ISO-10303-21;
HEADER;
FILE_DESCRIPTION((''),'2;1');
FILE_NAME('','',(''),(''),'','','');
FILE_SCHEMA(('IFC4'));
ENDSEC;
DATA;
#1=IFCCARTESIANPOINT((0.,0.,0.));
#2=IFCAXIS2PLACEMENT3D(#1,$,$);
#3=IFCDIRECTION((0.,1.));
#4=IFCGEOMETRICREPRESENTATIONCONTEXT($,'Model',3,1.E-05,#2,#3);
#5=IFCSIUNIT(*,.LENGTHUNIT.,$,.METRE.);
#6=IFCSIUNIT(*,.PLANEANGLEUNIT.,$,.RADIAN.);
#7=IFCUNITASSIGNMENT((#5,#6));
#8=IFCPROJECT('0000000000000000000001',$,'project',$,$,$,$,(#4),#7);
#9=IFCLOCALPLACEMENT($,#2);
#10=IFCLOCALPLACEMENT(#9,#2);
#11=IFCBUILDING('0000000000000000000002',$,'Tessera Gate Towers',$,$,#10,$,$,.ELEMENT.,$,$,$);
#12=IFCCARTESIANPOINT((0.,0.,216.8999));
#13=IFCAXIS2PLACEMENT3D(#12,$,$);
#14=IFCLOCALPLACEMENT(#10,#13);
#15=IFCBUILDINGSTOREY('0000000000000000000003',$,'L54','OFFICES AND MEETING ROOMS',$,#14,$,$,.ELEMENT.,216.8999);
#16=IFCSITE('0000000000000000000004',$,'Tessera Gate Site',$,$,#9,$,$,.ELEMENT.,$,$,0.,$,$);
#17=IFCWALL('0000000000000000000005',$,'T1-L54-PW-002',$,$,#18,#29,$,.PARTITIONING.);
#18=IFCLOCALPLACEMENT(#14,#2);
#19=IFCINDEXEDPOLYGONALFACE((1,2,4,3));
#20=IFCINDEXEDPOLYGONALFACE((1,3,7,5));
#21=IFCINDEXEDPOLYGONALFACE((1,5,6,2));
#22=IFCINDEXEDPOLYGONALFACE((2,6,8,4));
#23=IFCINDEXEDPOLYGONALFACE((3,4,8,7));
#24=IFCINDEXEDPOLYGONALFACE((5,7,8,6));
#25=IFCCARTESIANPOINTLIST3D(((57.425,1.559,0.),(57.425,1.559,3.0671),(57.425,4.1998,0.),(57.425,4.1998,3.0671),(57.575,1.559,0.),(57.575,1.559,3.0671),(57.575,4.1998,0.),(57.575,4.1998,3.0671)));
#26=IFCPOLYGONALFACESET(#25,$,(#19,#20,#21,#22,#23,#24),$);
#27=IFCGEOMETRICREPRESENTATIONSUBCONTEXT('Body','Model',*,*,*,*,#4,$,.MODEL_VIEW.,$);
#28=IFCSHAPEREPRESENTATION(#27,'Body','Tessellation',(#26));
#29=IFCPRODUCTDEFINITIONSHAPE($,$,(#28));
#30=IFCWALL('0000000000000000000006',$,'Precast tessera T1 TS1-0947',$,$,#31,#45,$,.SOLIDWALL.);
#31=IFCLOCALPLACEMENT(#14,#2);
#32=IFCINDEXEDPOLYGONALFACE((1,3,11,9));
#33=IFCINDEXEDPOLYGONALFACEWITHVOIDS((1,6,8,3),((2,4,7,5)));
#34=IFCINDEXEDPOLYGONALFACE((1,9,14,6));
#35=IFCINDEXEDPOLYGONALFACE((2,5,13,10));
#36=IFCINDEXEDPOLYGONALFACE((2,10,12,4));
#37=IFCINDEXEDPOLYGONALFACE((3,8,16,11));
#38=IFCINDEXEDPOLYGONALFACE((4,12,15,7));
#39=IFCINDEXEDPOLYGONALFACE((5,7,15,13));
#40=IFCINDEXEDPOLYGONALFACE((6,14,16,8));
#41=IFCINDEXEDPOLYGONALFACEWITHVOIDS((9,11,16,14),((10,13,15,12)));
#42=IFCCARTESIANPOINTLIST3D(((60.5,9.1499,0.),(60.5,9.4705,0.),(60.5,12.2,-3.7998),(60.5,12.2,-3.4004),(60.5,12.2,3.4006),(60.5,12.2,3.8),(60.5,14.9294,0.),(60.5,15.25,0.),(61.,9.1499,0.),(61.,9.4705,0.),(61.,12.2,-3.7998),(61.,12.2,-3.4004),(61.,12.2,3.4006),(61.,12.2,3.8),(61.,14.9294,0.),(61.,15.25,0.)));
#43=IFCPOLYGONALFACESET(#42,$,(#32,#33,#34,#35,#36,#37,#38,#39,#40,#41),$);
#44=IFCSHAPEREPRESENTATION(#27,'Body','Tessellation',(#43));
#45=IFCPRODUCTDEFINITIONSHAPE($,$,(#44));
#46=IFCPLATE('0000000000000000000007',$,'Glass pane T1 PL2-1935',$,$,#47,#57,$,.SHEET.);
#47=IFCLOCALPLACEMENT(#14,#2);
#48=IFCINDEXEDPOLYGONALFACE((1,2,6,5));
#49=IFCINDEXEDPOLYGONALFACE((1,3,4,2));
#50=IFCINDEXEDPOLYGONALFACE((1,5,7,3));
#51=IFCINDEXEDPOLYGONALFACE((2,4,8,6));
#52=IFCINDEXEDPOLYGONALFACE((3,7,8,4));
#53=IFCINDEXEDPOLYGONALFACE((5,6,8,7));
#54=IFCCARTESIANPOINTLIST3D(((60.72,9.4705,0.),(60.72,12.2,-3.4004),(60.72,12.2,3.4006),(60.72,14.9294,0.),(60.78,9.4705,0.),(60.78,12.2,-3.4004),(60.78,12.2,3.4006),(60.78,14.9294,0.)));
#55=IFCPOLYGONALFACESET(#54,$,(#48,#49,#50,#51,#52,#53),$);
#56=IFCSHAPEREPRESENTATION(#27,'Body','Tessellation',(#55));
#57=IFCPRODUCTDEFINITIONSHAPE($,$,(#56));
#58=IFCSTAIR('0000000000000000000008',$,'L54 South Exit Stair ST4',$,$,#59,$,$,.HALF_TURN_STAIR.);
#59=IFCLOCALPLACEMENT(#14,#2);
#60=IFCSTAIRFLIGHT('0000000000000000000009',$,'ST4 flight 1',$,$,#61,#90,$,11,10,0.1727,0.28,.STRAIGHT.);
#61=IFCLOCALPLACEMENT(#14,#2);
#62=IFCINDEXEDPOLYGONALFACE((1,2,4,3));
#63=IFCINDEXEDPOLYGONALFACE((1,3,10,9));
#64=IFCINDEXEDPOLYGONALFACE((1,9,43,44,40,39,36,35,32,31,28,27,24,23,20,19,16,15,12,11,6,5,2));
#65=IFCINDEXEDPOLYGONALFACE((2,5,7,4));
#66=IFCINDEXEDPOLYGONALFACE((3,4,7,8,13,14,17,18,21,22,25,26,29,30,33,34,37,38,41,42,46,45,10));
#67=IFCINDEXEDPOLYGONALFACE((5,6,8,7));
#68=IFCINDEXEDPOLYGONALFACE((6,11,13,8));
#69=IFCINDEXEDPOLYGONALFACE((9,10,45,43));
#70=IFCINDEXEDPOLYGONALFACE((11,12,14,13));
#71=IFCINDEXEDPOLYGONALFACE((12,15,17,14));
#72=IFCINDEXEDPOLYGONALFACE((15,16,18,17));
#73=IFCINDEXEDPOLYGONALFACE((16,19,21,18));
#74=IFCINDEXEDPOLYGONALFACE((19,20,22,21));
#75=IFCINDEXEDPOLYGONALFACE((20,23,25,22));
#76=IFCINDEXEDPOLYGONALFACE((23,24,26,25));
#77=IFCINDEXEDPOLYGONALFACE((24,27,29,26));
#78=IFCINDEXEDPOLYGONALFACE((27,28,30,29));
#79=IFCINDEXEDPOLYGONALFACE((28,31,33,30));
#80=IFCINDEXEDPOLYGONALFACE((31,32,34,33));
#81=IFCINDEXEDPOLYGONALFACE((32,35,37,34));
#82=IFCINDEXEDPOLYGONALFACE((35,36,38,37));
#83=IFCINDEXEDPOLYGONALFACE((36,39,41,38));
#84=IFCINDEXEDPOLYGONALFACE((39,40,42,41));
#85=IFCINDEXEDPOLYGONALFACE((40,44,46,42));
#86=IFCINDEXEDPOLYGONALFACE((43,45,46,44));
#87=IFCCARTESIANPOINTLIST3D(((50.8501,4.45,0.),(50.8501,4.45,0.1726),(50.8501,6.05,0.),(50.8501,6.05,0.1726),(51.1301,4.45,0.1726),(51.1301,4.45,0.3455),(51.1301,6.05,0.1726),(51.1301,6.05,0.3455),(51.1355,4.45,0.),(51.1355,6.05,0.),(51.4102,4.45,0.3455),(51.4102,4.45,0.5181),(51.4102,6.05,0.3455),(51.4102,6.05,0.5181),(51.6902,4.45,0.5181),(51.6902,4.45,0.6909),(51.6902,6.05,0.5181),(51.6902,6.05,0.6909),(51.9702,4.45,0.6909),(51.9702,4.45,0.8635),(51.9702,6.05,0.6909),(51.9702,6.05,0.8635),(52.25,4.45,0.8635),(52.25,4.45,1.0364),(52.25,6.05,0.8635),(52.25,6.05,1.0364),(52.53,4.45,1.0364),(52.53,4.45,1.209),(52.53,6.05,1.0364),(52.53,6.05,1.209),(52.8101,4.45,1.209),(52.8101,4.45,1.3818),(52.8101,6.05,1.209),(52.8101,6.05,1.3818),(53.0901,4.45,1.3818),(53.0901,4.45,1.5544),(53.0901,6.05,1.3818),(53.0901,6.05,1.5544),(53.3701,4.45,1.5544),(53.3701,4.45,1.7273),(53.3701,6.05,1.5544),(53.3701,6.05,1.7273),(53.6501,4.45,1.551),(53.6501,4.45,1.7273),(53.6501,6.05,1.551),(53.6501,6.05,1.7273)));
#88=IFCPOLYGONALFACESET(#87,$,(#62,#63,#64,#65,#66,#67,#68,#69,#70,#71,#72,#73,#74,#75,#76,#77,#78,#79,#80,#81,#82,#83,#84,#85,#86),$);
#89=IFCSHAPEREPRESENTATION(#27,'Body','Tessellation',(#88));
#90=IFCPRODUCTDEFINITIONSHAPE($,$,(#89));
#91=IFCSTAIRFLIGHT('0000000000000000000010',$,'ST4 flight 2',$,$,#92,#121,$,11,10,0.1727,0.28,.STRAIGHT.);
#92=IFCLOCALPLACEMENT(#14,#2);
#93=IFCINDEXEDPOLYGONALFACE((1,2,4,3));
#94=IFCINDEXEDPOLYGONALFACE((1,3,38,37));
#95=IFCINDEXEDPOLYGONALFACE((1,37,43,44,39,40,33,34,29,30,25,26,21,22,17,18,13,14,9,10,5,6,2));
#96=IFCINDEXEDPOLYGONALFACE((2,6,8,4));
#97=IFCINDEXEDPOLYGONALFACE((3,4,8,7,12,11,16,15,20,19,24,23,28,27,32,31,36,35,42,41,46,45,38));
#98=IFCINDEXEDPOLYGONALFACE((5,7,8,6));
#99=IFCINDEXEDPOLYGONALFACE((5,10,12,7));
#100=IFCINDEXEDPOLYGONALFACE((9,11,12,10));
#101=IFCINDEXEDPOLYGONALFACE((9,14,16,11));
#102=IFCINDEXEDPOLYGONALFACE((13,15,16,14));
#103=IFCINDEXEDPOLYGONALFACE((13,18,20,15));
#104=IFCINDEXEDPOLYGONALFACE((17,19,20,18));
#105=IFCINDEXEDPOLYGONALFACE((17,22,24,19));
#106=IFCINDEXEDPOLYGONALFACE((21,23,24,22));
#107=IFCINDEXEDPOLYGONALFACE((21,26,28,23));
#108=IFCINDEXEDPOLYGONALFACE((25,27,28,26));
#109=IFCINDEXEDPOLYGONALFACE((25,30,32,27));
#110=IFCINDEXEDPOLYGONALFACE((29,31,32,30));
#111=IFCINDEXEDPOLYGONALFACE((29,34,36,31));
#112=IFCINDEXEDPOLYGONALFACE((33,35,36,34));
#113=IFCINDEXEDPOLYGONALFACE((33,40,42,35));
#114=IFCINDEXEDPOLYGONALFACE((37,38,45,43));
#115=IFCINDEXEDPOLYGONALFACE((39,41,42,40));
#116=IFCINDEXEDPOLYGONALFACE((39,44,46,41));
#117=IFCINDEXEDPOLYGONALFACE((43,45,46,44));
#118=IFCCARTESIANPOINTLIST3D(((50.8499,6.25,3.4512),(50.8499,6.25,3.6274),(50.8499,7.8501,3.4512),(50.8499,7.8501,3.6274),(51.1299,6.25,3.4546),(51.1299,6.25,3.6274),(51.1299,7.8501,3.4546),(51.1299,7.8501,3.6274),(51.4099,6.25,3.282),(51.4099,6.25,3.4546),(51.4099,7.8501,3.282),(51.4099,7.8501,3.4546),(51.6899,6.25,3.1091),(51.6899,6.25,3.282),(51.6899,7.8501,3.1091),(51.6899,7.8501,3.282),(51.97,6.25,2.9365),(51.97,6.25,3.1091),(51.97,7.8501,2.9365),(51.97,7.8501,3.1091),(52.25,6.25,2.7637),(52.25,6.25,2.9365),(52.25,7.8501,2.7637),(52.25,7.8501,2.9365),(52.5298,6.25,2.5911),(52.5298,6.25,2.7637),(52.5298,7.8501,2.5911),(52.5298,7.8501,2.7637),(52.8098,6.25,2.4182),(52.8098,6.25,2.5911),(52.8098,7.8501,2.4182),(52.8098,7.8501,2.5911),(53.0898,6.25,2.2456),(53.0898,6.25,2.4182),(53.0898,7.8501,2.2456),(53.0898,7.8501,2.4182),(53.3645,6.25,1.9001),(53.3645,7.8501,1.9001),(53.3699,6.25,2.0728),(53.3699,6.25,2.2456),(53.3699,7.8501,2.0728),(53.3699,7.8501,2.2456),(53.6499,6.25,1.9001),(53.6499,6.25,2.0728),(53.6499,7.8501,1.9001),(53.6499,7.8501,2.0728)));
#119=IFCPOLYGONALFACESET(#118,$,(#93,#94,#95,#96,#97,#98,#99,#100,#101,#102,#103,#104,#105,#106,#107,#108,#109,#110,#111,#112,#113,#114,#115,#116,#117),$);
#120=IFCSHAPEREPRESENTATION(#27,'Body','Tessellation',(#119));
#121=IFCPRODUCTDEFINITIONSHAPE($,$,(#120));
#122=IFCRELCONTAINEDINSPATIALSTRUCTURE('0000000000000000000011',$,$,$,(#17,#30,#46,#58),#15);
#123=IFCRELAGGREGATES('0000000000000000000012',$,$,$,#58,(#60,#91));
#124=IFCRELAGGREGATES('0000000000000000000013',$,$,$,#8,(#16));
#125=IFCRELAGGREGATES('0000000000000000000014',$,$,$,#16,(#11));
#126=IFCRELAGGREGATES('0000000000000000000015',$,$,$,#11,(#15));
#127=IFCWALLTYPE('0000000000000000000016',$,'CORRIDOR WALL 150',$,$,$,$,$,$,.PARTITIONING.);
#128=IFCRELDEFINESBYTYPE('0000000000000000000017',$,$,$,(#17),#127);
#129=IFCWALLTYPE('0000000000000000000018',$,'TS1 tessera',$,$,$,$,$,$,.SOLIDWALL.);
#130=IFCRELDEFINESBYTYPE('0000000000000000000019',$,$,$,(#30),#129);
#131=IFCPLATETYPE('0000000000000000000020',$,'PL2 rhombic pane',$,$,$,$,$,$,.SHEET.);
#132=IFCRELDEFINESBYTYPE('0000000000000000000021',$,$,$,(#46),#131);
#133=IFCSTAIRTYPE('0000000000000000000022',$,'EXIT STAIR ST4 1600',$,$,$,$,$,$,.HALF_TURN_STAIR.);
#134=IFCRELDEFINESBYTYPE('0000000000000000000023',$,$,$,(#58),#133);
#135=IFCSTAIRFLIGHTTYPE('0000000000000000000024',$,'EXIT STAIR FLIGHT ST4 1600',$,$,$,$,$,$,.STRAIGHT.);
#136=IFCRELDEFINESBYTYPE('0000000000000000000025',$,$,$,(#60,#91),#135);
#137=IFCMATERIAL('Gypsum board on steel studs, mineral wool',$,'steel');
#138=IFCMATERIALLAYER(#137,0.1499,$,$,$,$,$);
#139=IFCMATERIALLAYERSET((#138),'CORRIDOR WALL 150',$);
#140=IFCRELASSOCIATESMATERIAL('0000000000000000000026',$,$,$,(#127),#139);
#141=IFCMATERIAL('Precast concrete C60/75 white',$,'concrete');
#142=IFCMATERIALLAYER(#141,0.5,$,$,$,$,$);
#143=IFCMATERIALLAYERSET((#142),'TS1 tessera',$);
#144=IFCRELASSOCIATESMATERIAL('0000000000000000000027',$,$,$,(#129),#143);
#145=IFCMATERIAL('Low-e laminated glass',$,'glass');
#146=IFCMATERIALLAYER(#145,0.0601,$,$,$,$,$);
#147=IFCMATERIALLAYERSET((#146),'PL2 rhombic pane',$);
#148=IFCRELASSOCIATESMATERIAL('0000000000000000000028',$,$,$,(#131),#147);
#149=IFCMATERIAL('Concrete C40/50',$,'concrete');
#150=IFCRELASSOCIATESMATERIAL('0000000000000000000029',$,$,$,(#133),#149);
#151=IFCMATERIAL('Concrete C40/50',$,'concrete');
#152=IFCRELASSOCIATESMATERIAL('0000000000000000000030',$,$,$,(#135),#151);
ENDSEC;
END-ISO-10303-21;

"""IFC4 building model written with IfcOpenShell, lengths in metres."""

from ifc_helpers import new_model, si_unit, direction, frame, frame_2d, origin, place, context, subcontext, project, spatial, polyline, rectangle, outline, extrude, source, transform, mapped, material, layer, layer_set, type_object, element, fill, aggregate, save


model = new_model("IFC4")

# Units and contexts
model_context = context("Model", 3, precision=1e-05, world=origin(), true_north=direction((0.0, 1.0)))
body_context = subcontext(model_context, "Body", "Model", "MODEL_VIEW")
ifc_project = project(units=[si_unit("LENGTHUNIT", "METRE"), si_unit("PLANEANGLEUNIT", "RADIAN")], contexts=[model_context])

# Site, building, storey
site_placement = place(None, origin())
site = spatial("IfcSite", under=ifc_project, at=site_placement, Name="Tessera Gate Site", CompositionType="ELEMENT", RefElevation=0.0)
building_placement = place(site_placement, origin())
building = spatial("IfcBuilding", under=site, at=building_placement, Name="Tessera Gate Towers", CompositionType="ELEMENT")
storey_placement = place(building_placement, frame((0.0, 0.0, 216.8999)))
storey = spatial("IfcBuildingStorey", under=building, at=storey_placement, Name="L54", Description="OFFICES AND MEETING ROOMS", CompositionType="ELEMENT", Elevation=216.8999)

# Wall
ifc_material_1 = material(Name="Gypsum board on steel studs, mineral wool", Category="steel")
ifc_layer_1 = layer(ifc_material_1, 0.1499)
ifc_layer_set_1 = layer_set([ifc_layer_1], Name="CORRIDOR WALL 150")
wall_type_1 = type_object("IfcWallType", Name="CORRIDOR WALL 150", PredefinedType="PARTITIONING", material=ifc_layer_set_1)
wall_1_placement = place(storey_placement, frame((57.5, 1.5591, 0.0), z_axis=(0.0, 0.0, 1.0), x_axis=(0.0, 1.0, 0.0)))
element("IfcWall", 1, at=wall_1_placement, inside=storey, type_object=wall_type_1, Name="T1-L54-PW-002", PredefinedType="PARTITIONING", context=body_context, shape_type="SweptSolid", body=[
    extrude(rectangle(XDim=2.6409, YDim=0.1499, at=frame_2d((1.3203, 0.0))), origin(), (0.0, 0.0, 1.0), 3.0671),
])

# Wall, opening, plate
ifc_material_2 = material(Name="Precast concrete C60/75 white", Category="concrete")
ifc_layer_2 = layer(ifc_material_2, 0.5)
ifc_layer_set_2 = layer_set([ifc_layer_2], Name="TS1 tessera")
wall_type_2 = type_object("IfcWallType", Name="TS1 tessera", PredefinedType="SOLIDWALL", material=ifc_layer_set_2)
shared_shape_1 = source(origin(), body_context, "Body", "SweptSolid", [
    extrude(outline(polyline([(3.05, 0.0), (6.1001, 3.7998), (3.05, 7.5999), (0.0, 3.7998), (3.05, 0.0)])), frame((0.0, 0.25, 0.0), z_axis=(0.0, -1.0, 0.0), x_axis=(1.0, 0.0, 0.0)), (0.0, 0.0, 1.0), 0.5),
])
wall_2_placement = place(storey_placement, frame((60.75, 9.1499, -3.7998), z_axis=(0.0, 0.0, 1.0), x_axis=(0.0, 1.0, 0.0)))
wall_2 = element("IfcWall", 2, at=wall_2_placement, inside=storey, type_object=wall_type_2, Name="Precast tessera T1 TS1-0947", PredefinedType="SOLIDWALL", context=body_context, shape_type="MappedRepresentation", body=[
    mapped(shared_shape_1, transform((0.0, 0.0, 0.0), scale=1.0)),
])
shared_shape_2 = source(origin(), body_context, "Body", "SweptSolid", [
    extrude(outline(polyline([(3.05, 0.3994), (5.7795, 3.7998), (3.05, 7.2004), (0.3206, 3.7998), (3.05, 0.3994)])), frame((0.0, 0.26, 0.0), z_axis=(0.0, -1.0, 0.0), x_axis=(1.0, 0.0, 0.0)), (0.0, 0.0, 1.0), 0.52),
])
opening_1_placement = place(wall_2_placement, origin())
opening_1 = element("IfcOpeningElement", 3, at=opening_1_placement, cuts=wall_2, PredefinedType="OPENING", context=body_context, shape_type="MappedRepresentation", body=[
    mapped(shared_shape_2, transform((0.0, 0.0, 0.0), scale=1.0)),
])
ifc_material_3 = material(Name="Low-e laminated glass", Category="glass")
ifc_layer_3 = layer(ifc_material_3, 0.0601)
ifc_layer_set_3 = layer_set([ifc_layer_3], Name="PL2 rhombic pane")
plate_type = type_object("IfcPlateType", Name="PL2 rhombic pane", PredefinedType="SHEET", material=ifc_layer_set_3)
shared_shape_3 = source(origin(), body_context, "Body", "SweptSolid", [
    extrude(outline(polyline([(3.05, 0.3994), (5.7795, 3.7998), (3.05, 7.2004), (0.3206, 3.7998), (3.05, 0.3994)])), frame((0.0, 0.03, 0.0), z_axis=(0.0, -1.0, 0.0), x_axis=(1.0, 0.0, 0.0)), (0.0, 0.0, 1.0), 0.0601),
])
plate_placement = place(opening_1_placement, origin())
plate = element("IfcPlate", 4, at=plate_placement, inside=storey, type_object=plate_type, Name="Glass pane T1 PL2-1935", PredefinedType="SHEET", context=body_context, shape_type="MappedRepresentation", body=[
    mapped(shared_shape_3, transform((0.0, 0.0, 0.0), scale=1.0)),
])
fill(opening_1, plate)

# Stair, stair flights
ifc_material_4 = material(Name="Concrete C40/50", Category="concrete")
stair_type = type_object("IfcStairType", Name="EXIT STAIR ST4 1600", PredefinedType="HALF_TURN_STAIR", material=ifc_material_4)
stair_placement = place(storey_placement, origin())
stair = element("IfcStair", 5, at=stair_placement, inside=storey, type_object=stair_type, Name="L54 South Exit Stair ST4", PredefinedType="HALF_TURN_STAIR")
ifc_material_5 = material(Name="Concrete C40/50", Category="concrete")
stair_flight_type = type_object("IfcStairFlightType", Name="EXIT STAIR FLIGHT ST4 1600", PredefinedType="STRAIGHT", material=ifc_material_5)
stair_flight_1_placement = place(storey_placement, frame((50.8501, 5.25, 0.0), z_axis=(0.0, 0.0, 1.0), x_axis=(1.0, 0.0, 0.0)))
stair_flight_1 = element("IfcStairFlight", 6, at=stair_flight_1_placement, type_object=stair_flight_type, Name="ST4 flight 1", NumberOfRisers=11, NumberOfTreads=10, PredefinedType="STRAIGHT", RiserHeight=0.1727, TreadLength=0.28, context=body_context, shape_type="SweptSolid", body=[
    extrude(outline(polyline([(0.0, 0.0), (0.0, 0.1726), (0.28, 0.1726), (0.28, 0.3455), (0.5601, 0.3455), (0.5601, 0.5181), (0.8401, 0.5181), (0.8401, 0.6909), (1.1201, 0.6909), (1.1201, 0.8635), (1.3999, 0.8635), (1.3999, 1.0364), (1.6799, 1.0364), (1.6799, 1.209), (1.96, 1.209), (1.96, 1.3818), (2.24, 1.3818), (2.24, 1.5544), (2.52, 1.5544), (2.52, 1.7273), (2.8, 1.7273), (2.8, 1.8999), (2.8, 1.551), (0.2854, 0.0), (0.0, 0.0)])), frame((0.0, 0.8, 0.0), z_axis=(0.0, -1.0, 0.0), x_axis=(1.0, 0.0, 0.0)), (0.0, 0.0, 1.0), 1.6001),
])
stair_flight_2_placement = place(storey_placement, frame((53.6499, 7.05, 1.9001), z_axis=(0.0, 0.0, 1.0), x_axis=(-1.0, 0.0, 0.0)))
stair_flight_2 = element("IfcStairFlight", 7, at=stair_flight_2_placement, type_object=stair_flight_type, Name="ST4 flight 2", NumberOfRisers=11, NumberOfTreads=10, PredefinedType="STRAIGHT", RiserHeight=0.1727, TreadLength=0.28, context=body_context, shape_type="SweptSolid", body=[
    extrude(outline(polyline([(0.0, 0.0), (0.0, 0.1726), (0.28, 0.1726), (0.28, 0.3455), (0.5601, 0.3455), (0.5601, 0.5181), (0.8401, 0.5181), (0.8401, 0.6909), (1.1201, 0.6909), (1.1201, 0.8635), (1.3999, 0.8635), (1.3999, 1.0364), (1.6799, 1.0364), (1.6799, 1.209), (1.96, 1.209), (1.96, 1.3818), (2.24, 1.3818), (2.24, 1.5544), (2.52, 1.5544), (2.52, 1.7273), (2.8, 1.7273), (2.8, 1.8999), (2.8, 1.551), (0.2854, 0.0), (0.0, 0.0)])), frame((0.0, 0.8, 0.0), z_axis=(0.0, -1.0, 0.0), x_axis=(1.0, 0.0, 0.0)), (0.0, 0.0, 1.0), 1.6001),
])
aggregate(stair, [stair_flight_1, stair_flight_2])

save(model, "model.ifc")
